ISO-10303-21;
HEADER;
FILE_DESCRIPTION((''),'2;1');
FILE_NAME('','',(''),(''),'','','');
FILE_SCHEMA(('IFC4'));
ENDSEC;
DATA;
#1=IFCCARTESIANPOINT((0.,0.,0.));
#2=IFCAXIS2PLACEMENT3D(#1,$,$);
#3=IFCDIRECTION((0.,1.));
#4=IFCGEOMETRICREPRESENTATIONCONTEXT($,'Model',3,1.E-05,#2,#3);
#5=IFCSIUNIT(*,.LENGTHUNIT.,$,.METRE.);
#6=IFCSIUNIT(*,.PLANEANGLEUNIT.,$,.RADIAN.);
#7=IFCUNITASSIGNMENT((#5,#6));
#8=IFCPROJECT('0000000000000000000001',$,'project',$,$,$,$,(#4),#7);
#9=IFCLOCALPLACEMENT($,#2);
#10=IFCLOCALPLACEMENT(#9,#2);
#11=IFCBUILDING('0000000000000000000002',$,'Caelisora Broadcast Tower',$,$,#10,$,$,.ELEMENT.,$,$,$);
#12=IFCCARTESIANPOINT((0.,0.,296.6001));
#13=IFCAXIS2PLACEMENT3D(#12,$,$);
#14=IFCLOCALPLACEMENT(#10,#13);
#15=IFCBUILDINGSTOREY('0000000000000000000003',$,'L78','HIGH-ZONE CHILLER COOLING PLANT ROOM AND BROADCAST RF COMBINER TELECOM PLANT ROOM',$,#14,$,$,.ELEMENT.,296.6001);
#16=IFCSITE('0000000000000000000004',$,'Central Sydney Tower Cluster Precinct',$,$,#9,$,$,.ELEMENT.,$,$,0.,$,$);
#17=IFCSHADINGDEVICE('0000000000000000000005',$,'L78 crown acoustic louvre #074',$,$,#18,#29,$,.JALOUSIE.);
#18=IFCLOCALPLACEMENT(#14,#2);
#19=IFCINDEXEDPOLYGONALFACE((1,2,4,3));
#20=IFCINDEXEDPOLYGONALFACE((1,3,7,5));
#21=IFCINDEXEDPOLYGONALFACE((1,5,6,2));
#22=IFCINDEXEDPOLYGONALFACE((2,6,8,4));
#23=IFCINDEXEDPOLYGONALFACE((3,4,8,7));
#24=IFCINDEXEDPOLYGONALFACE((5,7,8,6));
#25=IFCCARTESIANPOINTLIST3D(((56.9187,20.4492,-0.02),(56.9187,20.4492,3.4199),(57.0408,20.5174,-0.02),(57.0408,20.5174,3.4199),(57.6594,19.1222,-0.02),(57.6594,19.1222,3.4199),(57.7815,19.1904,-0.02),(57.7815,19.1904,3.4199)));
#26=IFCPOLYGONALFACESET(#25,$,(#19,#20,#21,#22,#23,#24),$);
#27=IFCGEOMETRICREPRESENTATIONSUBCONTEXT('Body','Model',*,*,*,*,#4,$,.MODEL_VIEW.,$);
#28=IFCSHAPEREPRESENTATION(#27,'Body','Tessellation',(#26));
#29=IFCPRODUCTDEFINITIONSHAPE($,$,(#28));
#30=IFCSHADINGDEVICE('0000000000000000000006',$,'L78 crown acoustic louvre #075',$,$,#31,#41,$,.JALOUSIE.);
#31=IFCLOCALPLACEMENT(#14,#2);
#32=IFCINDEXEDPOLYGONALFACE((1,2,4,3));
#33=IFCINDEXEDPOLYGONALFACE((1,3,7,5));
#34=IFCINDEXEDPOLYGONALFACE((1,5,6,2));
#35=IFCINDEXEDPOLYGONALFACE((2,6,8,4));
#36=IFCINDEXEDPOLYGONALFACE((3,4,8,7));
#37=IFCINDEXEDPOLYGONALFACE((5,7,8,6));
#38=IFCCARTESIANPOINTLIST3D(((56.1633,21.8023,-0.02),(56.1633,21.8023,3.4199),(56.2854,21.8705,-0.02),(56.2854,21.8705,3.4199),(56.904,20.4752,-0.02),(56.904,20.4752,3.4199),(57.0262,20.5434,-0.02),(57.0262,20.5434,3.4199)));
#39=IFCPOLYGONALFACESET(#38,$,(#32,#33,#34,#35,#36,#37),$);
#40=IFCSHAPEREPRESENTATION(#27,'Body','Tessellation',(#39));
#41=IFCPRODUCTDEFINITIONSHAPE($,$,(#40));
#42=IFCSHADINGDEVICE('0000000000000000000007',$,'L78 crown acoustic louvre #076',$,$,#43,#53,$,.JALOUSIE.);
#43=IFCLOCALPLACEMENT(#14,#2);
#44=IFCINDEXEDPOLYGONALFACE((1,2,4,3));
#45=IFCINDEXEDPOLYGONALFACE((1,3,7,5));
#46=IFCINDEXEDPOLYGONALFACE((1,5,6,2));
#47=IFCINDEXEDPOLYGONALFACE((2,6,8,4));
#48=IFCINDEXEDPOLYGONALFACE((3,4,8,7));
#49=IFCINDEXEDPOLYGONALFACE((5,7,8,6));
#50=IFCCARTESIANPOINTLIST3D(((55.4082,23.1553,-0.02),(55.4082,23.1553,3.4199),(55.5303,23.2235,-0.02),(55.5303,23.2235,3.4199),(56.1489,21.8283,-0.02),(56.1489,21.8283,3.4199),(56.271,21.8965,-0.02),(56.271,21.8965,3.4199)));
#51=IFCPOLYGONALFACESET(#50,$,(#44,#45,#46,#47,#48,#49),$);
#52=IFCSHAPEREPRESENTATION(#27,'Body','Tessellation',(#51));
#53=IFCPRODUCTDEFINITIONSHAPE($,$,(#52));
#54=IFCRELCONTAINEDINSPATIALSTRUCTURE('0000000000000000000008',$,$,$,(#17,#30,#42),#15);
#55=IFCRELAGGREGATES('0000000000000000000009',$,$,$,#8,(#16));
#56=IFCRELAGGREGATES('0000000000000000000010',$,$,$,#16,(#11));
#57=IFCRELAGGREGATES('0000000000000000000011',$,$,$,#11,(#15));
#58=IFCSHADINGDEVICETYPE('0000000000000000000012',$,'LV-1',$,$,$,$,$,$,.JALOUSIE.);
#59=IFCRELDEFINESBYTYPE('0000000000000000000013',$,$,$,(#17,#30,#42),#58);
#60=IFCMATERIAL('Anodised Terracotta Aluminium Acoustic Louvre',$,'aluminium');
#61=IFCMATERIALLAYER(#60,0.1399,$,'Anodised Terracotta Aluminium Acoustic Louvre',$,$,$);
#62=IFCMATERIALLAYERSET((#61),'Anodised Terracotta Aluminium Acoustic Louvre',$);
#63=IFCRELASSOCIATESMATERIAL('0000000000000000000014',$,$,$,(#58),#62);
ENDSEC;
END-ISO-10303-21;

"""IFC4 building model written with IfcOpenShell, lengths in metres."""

from ifc_helpers import new_model, si_unit, direction, frame, origin, origin_2d, place, context, subcontext, project, spatial, rectangle, extrude, source, transform, mapped, material, layer, layer_set, type_object, type_shapes, element, save


model = new_model("IFC4")

# Units and contexts
model_context = context("Model", 3, precision=1e-05, world=origin(), true_north=direction((0.0, 1.0)))
body_context = subcontext(model_context, "Body", "Model", "MODEL_VIEW")
ifc_project = project(units=[si_unit("LENGTHUNIT", "METRE"), si_unit("PLANEANGLEUNIT", "RADIAN")], contexts=[model_context])

# Site, building, storey
site_placement = place(None, origin())
site = spatial("IfcSite", under=ifc_project, at=site_placement, Name="Central Sydney Tower Cluster Precinct", CompositionType="ELEMENT", RefElevation=0.0)
building_placement = place(site_placement, origin())
building = spatial("IfcBuilding", under=site, at=building_placement, Name="Caelisora Broadcast Tower", CompositionType="ELEMENT")
storey_placement = place(building_placement, frame((0.0, 0.0, 296.6001)))
storey = spatial("IfcBuildingStorey", under=building, at=storey_placement, Name="L78", Description="HIGH-ZONE CHILLER COOLING PLANT ROOM AND BROADCAST RF COMBINER TELECOM PLANT ROOM", CompositionType="ELEMENT", Elevation=296.6001)

# Shading devices
ifc_material_1 = material(Name="Anodised Terracotta Aluminium Acoustic Louvre", Category="aluminium")
ifc_layer_1 = layer(ifc_material_1, 0.1399, Name="Anodised Terracotta Aluminium Acoustic Louvre")
ifc_layer_set_1 = layer_set([ifc_layer_1], Name="Anodised Terracotta Aluminium Acoustic Louvre")
shading_device_type = type_object("IfcShadingDeviceType", Name="LV-1", PredefinedType="JALOUSIE", material=ifc_layer_set_1)
shared_shape_1 = source(origin(), body_context, "Body", "SweptSolid", [
    extrude(rectangle(XDim=1.5198, YDim=0.1399, at=origin_2d()), origin(), (0.0, 0.0, 1.0), 3.4399),
])
type_shapes(shading_device_type, [shared_shape_1])
for number, where, z_axis, x_axis, name in (
    (1, (57.3501, 19.8198, -0.02), (0.0, 0.0, 1.0), (-0.487403, 0.873177, 0.0), "L78 crown acoustic louvre #074"),
    (2, (56.5947, 21.1729, -0.02), (0.0, 0.0, 1.0), (-0.487403, 0.873177, 0.0), "L78 crown acoustic louvre #075"),
    (3, (55.8396, 22.5259, -0.02), (0.0, 0.0, 1.0), (-0.487403, 0.873177, 0.0), "L78 crown acoustic louvre #076"),
):
    element("IfcShadingDevice", number, at=place(storey_placement, frame(where, z_axis=z_axis, x_axis=x_axis)), inside=storey, type_object=shading_device_type, Name=name, PredefinedType="JALOUSIE", context=body_context, shape_type="MappedRepresentation", body=[
        mapped(shared_shape_1, transform((0.0, 0.0, 0.0), scale=1.0)),
    ])

save(model, "model.ifc")
